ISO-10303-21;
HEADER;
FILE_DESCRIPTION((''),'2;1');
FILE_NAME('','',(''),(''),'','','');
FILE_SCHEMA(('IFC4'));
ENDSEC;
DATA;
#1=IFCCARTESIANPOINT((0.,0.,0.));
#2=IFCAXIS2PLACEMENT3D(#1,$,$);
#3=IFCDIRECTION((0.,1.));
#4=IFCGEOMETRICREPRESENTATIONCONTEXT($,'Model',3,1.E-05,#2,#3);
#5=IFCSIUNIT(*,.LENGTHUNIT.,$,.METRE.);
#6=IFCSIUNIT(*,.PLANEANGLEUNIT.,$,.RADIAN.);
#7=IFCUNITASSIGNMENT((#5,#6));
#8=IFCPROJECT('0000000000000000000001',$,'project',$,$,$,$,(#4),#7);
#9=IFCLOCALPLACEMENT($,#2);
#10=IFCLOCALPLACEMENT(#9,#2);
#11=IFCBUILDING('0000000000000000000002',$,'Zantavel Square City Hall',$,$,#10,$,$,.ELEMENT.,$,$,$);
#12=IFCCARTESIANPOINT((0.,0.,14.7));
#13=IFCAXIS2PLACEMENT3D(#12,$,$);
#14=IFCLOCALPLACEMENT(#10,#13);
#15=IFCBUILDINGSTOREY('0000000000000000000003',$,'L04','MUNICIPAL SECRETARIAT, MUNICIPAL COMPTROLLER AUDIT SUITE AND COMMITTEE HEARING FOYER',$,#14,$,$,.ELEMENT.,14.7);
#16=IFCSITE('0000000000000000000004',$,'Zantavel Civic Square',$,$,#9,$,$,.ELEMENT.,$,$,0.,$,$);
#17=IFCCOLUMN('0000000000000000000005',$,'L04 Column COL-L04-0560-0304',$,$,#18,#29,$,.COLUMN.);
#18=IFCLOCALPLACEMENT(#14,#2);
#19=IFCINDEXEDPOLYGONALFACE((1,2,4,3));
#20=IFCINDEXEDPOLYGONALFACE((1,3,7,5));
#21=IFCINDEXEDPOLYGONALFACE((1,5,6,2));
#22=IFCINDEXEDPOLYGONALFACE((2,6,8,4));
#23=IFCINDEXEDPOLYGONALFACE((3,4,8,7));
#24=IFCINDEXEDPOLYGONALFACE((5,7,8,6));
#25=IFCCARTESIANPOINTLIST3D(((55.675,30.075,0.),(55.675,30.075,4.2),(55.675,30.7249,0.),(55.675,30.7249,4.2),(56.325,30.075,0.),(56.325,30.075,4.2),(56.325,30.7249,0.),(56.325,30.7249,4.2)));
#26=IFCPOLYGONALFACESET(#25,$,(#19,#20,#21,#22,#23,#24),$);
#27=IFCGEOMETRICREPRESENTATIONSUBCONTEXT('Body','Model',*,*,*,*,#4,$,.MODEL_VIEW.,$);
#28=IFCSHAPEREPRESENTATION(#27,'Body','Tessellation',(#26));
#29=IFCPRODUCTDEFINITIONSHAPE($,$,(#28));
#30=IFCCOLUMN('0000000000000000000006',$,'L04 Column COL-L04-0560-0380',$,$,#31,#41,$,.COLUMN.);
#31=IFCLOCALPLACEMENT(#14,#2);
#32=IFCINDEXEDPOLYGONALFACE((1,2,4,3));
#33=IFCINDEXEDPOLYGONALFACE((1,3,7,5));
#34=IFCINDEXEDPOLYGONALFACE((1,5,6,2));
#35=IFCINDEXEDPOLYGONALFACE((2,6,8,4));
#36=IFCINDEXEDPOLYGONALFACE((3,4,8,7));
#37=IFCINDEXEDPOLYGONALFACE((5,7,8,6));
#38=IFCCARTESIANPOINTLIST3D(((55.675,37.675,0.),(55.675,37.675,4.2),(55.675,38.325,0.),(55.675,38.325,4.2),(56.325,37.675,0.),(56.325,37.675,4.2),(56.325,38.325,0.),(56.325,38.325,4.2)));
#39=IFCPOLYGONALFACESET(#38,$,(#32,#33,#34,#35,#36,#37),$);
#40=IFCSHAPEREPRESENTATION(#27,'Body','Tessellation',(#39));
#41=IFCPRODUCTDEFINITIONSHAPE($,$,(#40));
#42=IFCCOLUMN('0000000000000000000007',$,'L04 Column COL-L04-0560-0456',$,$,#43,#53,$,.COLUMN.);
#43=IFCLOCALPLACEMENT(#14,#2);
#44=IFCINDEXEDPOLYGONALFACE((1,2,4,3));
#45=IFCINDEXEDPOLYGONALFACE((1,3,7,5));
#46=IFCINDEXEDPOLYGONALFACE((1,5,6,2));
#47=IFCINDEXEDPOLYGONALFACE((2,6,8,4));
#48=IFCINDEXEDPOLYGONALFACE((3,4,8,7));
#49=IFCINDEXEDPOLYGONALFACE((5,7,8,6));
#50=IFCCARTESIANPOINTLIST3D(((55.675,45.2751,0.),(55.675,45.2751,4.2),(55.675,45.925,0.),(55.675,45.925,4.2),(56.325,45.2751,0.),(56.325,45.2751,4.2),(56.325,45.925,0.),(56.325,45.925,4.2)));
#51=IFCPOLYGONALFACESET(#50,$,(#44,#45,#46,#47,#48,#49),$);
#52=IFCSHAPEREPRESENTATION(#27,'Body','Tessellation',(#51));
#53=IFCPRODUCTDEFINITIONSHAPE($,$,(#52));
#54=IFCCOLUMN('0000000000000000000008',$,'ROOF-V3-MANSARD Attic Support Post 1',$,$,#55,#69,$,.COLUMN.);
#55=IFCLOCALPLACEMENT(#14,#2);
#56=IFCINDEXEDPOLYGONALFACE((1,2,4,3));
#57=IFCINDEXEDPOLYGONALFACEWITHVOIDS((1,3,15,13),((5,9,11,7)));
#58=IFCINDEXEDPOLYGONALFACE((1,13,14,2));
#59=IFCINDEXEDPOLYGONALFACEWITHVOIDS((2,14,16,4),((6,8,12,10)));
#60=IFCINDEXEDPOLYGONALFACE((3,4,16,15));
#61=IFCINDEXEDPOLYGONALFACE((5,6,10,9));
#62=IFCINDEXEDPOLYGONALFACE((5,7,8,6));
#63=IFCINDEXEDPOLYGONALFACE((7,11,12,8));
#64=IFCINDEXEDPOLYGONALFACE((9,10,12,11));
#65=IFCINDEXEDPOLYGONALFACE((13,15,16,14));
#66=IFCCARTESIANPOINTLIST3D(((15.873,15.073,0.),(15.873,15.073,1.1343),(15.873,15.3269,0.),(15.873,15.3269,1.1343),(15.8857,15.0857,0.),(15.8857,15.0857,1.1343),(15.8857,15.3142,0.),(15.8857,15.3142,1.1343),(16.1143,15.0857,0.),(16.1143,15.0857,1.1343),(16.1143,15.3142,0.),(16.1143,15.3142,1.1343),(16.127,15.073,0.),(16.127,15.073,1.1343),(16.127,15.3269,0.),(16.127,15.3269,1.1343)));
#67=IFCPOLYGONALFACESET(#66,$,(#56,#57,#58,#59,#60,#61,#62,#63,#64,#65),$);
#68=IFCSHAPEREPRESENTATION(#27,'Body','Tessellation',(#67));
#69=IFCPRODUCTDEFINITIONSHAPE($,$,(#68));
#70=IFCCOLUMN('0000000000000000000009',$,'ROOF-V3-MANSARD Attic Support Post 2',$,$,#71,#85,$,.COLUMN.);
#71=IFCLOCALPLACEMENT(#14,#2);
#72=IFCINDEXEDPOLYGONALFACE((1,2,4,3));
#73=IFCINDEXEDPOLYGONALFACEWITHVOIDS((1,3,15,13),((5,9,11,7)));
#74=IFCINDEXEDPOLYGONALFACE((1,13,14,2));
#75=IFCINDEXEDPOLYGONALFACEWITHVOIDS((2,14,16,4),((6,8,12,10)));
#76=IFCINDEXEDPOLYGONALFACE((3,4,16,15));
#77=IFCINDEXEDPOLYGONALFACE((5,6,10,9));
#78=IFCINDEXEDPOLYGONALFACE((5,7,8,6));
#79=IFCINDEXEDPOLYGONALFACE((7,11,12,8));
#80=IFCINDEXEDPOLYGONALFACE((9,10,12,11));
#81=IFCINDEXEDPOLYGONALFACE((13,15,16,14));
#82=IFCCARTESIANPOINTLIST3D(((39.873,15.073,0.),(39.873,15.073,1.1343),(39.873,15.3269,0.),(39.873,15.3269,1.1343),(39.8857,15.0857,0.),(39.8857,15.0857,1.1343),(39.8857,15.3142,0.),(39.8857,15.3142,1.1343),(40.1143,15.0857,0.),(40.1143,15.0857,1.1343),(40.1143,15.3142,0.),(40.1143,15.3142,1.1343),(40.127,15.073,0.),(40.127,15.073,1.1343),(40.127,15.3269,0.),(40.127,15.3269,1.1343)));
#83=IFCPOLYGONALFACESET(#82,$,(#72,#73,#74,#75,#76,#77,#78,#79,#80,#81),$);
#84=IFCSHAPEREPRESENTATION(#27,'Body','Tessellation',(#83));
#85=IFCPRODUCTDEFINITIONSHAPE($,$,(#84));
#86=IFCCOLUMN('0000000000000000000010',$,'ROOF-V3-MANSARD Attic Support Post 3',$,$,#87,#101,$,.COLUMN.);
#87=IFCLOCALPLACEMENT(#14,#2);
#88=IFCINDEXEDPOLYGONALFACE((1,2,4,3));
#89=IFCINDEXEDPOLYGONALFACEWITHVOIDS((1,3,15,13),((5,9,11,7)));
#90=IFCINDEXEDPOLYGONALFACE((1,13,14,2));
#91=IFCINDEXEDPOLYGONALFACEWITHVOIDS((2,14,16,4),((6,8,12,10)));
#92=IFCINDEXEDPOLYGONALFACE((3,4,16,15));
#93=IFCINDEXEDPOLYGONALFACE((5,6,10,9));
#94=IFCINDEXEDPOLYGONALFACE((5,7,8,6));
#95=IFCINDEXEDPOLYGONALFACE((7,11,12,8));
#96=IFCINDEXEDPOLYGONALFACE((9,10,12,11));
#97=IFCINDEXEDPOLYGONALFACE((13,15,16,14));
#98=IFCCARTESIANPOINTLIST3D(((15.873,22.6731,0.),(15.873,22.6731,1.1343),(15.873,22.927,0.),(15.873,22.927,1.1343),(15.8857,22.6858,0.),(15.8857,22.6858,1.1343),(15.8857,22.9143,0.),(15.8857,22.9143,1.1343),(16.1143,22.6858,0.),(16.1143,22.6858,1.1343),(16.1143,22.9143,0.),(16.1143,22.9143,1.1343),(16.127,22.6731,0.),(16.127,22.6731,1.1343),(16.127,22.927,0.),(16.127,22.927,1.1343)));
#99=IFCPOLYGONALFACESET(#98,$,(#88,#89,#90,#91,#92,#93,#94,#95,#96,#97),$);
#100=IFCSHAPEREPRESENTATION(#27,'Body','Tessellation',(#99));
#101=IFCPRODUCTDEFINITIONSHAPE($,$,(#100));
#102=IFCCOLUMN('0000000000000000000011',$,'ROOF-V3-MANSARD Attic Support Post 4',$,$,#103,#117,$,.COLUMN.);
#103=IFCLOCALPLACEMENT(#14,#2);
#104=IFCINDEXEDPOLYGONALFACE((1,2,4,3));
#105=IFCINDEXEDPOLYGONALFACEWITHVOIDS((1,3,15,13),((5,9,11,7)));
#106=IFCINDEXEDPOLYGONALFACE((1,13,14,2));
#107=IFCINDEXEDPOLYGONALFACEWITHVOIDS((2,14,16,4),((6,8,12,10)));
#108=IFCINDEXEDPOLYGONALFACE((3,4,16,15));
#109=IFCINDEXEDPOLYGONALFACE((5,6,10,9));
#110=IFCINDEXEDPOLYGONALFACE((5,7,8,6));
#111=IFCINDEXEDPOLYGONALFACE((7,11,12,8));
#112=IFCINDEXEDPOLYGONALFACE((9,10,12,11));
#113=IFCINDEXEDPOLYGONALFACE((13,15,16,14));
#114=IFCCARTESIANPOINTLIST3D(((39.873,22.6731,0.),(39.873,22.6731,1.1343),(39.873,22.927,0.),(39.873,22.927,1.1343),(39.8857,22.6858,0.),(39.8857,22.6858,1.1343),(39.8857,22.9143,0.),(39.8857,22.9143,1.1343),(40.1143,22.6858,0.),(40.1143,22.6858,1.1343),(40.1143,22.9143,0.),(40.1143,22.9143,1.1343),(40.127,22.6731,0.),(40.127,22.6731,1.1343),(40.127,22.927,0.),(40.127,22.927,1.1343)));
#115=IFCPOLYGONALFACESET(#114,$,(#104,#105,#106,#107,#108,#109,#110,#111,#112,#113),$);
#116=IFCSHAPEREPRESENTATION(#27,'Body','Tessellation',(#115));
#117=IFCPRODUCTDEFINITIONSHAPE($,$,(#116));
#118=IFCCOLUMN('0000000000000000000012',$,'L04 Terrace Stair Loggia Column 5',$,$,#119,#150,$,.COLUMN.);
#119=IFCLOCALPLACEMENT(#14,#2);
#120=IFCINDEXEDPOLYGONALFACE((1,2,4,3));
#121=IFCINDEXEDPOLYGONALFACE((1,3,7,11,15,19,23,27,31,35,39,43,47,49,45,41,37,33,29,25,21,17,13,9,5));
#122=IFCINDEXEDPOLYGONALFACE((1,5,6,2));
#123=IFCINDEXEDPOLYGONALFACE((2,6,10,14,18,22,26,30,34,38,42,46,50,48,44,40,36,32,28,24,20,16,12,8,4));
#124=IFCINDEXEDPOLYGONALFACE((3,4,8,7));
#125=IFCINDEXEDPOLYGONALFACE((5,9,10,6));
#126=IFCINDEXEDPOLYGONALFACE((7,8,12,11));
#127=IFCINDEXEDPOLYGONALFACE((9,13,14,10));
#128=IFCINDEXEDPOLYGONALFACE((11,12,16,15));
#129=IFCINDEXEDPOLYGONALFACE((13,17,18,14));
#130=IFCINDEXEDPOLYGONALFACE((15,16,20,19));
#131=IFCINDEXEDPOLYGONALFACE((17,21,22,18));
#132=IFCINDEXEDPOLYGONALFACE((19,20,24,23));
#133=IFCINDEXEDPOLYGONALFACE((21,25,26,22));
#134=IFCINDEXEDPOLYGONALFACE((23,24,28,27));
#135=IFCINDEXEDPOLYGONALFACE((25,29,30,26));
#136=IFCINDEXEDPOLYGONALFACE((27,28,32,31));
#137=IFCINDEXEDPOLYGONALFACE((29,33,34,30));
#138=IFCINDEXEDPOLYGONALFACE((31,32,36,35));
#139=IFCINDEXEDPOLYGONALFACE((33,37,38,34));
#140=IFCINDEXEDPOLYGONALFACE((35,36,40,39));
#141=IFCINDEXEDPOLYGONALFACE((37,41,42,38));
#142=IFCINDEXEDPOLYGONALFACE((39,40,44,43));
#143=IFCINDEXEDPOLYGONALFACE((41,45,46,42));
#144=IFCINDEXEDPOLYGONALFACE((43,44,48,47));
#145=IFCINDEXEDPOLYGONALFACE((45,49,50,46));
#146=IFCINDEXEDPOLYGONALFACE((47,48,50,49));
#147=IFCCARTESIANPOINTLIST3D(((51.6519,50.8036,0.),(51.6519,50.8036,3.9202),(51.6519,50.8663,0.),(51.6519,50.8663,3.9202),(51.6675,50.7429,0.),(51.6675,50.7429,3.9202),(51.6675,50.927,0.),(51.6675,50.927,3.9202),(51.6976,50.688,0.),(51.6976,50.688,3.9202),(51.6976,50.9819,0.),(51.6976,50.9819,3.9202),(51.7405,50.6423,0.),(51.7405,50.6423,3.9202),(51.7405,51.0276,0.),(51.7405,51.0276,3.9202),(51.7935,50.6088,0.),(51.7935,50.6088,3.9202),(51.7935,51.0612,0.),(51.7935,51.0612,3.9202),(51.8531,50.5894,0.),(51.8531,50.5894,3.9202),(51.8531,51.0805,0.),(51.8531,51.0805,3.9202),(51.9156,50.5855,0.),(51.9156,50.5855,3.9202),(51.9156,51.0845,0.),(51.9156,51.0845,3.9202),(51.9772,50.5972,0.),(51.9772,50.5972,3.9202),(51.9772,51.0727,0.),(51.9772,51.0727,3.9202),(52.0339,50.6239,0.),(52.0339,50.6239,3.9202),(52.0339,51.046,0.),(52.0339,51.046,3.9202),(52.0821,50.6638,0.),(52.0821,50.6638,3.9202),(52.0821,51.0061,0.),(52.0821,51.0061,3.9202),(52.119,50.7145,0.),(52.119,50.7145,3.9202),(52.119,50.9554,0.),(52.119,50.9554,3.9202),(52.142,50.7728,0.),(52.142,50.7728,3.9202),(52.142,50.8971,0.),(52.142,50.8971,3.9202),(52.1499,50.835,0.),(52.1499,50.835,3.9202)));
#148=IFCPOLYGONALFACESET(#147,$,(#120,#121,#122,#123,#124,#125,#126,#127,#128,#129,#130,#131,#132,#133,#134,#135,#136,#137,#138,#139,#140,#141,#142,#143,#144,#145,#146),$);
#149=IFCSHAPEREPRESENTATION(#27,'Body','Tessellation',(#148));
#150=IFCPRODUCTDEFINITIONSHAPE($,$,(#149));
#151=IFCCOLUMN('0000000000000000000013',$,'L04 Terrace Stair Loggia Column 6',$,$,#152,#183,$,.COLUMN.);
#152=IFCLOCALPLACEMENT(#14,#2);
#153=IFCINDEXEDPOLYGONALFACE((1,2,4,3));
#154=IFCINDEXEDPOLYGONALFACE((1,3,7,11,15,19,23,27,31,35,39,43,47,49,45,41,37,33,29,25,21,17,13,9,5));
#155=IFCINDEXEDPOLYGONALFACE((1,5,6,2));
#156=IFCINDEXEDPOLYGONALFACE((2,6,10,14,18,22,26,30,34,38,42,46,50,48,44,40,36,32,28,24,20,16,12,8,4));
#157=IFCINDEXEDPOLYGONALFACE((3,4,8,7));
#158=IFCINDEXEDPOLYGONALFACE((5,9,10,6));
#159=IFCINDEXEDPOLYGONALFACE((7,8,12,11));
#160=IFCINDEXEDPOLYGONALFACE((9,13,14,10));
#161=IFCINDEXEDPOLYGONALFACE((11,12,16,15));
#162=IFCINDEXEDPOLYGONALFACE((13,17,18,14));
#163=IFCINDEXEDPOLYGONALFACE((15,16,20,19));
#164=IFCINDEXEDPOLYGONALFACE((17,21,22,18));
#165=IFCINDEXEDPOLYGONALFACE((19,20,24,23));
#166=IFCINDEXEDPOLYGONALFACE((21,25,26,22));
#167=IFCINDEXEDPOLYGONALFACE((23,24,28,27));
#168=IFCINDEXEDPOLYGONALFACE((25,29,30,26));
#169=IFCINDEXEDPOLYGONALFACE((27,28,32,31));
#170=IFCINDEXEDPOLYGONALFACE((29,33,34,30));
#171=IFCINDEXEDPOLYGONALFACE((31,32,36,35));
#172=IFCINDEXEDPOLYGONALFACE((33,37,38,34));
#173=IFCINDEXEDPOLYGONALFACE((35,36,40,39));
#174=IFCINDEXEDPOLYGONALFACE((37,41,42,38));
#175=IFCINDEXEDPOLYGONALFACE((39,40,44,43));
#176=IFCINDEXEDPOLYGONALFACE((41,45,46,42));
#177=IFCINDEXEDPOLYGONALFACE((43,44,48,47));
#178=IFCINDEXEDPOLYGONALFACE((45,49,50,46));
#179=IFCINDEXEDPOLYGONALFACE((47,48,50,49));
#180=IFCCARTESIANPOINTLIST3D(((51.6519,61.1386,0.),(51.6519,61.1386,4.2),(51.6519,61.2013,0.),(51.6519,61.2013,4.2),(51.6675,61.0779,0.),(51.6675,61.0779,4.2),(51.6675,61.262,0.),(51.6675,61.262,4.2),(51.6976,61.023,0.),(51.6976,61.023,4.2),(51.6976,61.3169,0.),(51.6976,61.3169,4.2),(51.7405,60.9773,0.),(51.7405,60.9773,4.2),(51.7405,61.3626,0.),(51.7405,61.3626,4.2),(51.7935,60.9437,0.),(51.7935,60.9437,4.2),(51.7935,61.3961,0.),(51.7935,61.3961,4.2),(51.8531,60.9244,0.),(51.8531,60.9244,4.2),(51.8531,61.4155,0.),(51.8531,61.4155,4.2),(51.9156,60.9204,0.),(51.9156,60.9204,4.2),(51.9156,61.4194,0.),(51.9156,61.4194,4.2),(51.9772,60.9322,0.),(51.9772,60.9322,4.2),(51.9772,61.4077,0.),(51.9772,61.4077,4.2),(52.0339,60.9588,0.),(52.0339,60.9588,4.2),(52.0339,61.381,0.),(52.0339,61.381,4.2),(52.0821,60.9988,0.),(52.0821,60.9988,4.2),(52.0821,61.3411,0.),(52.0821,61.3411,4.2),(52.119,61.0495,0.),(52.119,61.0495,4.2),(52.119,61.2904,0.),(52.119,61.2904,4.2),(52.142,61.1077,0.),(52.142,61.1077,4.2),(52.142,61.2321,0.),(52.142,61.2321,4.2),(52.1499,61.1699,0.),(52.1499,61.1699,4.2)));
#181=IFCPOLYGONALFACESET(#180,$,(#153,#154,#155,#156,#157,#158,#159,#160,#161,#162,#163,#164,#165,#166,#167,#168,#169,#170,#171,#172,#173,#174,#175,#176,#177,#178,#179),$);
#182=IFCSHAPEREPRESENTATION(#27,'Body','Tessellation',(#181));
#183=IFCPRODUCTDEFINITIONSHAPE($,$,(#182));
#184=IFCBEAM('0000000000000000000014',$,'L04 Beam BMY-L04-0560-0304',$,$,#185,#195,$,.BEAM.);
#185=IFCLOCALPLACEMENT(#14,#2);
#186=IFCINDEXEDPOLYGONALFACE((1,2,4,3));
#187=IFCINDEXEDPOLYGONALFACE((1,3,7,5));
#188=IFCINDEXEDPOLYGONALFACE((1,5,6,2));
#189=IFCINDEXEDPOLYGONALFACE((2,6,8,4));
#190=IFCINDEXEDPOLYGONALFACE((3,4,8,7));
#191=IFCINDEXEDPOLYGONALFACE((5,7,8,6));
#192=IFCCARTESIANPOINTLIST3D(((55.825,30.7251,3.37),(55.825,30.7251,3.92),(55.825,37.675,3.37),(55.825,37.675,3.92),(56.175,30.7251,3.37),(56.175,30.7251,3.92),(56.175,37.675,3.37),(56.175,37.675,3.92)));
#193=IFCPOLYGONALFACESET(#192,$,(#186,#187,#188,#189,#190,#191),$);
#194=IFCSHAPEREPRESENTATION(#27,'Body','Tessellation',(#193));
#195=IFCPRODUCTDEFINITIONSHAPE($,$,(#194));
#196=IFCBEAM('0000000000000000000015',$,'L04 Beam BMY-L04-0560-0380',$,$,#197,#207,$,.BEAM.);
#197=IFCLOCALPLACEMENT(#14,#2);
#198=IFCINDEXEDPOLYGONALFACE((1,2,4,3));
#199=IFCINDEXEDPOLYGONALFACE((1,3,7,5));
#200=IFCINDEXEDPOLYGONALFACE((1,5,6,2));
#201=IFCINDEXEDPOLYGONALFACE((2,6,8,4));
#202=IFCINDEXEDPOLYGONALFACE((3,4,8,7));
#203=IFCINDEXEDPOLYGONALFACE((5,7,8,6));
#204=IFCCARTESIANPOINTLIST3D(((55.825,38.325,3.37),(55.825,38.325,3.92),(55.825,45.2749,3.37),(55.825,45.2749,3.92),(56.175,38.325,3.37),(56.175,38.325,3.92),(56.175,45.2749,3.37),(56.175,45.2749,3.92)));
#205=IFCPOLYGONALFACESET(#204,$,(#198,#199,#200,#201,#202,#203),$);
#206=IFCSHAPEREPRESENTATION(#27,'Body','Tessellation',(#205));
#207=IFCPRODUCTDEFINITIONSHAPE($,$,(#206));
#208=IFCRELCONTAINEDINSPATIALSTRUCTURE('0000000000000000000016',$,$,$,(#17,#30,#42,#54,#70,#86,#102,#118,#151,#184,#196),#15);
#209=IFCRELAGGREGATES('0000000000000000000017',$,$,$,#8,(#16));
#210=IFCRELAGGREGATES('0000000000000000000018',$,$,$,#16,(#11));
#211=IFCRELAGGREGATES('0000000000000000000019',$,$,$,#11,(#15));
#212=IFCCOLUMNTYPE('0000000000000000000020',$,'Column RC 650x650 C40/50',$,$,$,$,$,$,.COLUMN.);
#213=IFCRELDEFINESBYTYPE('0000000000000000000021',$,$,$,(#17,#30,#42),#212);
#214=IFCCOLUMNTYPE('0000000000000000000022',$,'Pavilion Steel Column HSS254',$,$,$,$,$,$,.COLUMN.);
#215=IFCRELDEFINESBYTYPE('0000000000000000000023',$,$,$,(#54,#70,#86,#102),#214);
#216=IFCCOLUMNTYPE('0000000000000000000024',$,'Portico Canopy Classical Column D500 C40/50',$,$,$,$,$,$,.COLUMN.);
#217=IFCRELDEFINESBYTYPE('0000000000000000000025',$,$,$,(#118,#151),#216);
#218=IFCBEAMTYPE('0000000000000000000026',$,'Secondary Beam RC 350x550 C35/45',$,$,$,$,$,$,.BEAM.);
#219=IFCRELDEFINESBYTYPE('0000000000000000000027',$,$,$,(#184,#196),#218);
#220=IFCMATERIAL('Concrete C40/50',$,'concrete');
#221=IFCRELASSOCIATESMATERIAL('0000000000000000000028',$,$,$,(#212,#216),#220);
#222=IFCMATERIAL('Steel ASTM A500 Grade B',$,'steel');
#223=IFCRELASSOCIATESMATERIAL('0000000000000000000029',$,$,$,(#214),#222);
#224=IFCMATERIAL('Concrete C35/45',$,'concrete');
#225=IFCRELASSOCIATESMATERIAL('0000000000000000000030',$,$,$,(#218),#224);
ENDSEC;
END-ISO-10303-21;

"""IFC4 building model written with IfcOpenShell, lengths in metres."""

from ifc_helpers import new_model, si_unit, direction, frame, origin, origin_2d, place, context, subcontext, project, spatial, rectangle, hollow_rectangle, circle, extrude, material, material_profile, profile_set, type_object, element, save


model = new_model("IFC4")

# Units and contexts
model_context = context("Model", 3, precision=1e-05, world=origin(), true_north=direction((0.0, 1.0)))
body_context = subcontext(model_context, "Body", "Model", "MODEL_VIEW")
ifc_project = project(units=[si_unit("LENGTHUNIT", "METRE"), si_unit("PLANEANGLEUNIT", "RADIAN")], contexts=[model_context])

# Site, building, storey
site_placement = place(None, origin())
site = spatial("IfcSite", under=ifc_project, at=site_placement, Name="Zantavel Civic Square", CompositionType="ELEMENT", RefElevation=0.0)
building_placement = place(site_placement, origin())
building = spatial("IfcBuilding", under=site, at=building_placement, Name="Zantavel Square City Hall", CompositionType="ELEMENT")
storey_placement = place(building_placement, frame((0.0, 0.0, 14.7)))
storey = spatial("IfcBuildingStorey", under=building, at=storey_placement, Name="L04", Description="MUNICIPAL SECRETARIAT, MUNICIPAL COMPTROLLER AUDIT SUITE AND COMMITTEE HEARING FOYER", CompositionType="ELEMENT", Elevation=14.7)

# Columns
ifc_material_1 = material(Name="Concrete C40/50", Category="concrete")
ifc_material_profile_1 = material_profile(ifc_material_1, rectangle(XDim=0.6499, YDim=0.6499, at=origin_2d()), Name="RC 650x650")
ifc_profile_set_1 = profile_set([ifc_material_profile_1], Name="Concrete C40/50")
column_type_1 = type_object("IfcColumnType", Name="Column RC 650x650 C40/50", PredefinedType="COLUMN", material=ifc_profile_set_1)
for number, where, z_axis, x_axis, name in (
    (1, (56.0, 30.3999, 0.0), (0.0, 0.0, 1.0), (1.0, 0.0, 0.0), "L04 Column COL-L04-0560-0304"),
    (2, (56.0, 38.0, 0.0), (0.0, 0.0, 1.0), (1.0, 0.0, 0.0), "L04 Column COL-L04-0560-0380"),
    (3, (56.0, 45.6001, 0.0), (0.0, 0.0, 1.0), (1.0, 0.0, 0.0), "L04 Column COL-L04-0560-0456"),
):
    element("IfcColumn", number, at=place(storey_placement, frame(where, z_axis=z_axis, x_axis=x_axis)), inside=storey, type_object=column_type_1, Name=name, PredefinedType="COLUMN", context=body_context, shape_type="SweptSolid", body=[
        extrude(rectangle(XDim=0.6499, YDim=0.6499, at=origin_2d()), origin(), (0.0, 0.0, 1.0), 4.2),
    ])
ifc_material_2 = material(Name="Steel ASTM A500 Grade B", Category="steel")
ifc_material_profile_2 = material_profile(ifc_material_2, hollow_rectangle(XDim=0.2539, YDim=0.2539, WallThickness=0.0127, at=origin_2d()), Name="HSS 254x254x12.7")
ifc_profile_set_2 = profile_set([ifc_material_profile_2], Name="Steel ASTM A500 Grade B")
column_type_2 = type_object("IfcColumnType", Name="Pavilion Steel Column HSS254", PredefinedType="COLUMN", material=ifc_profile_set_2)
for number, where, z_axis, x_axis, name in (
    (4, (16.0, 15.2, 0.0), (0.0, 0.0, 1.0), (1.0, 0.0, 0.0), "ROOF-V3-MANSARD Attic Support Post 1"),
    (5, (40.0, 15.2, 0.0), (0.0, 0.0, 1.0), (1.0, 0.0, 0.0), "ROOF-V3-MANSARD Attic Support Post 2"),
    (6, (16.0, 22.8, 0.0), (0.0, 0.0, 1.0), (1.0, 0.0, 0.0), "ROOF-V3-MANSARD Attic Support Post 3"),
    (7, (40.0, 22.8, 0.0), (0.0, 0.0, 1.0), (1.0, 0.0, 0.0), "ROOF-V3-MANSARD Attic Support Post 4"),
):
    element("IfcColumn", number, at=place(storey_placement, frame(where, z_axis=z_axis, x_axis=x_axis)), inside=storey, type_object=column_type_2, Name=name, PredefinedType="COLUMN", context=body_context, shape_type="SweptSolid", body=[
        extrude(hollow_rectangle(XDim=0.2539, YDim=0.2539, WallThickness=0.0127, at=origin_2d()), origin(), (0.0, 0.0, 1.0), 1.1343),
    ])
ifc_material_profile_3 = material_profile(ifc_material_1, circle(Radius=0.25, at=origin_2d()), Name="ROUND D500")
ifc_profile_set_3 = profile_set([ifc_material_profile_3], Name="Concrete C40/50")
column_type_3 = type_object("IfcColumnType", Name="Portico Canopy Classical Column D500 C40/50", PredefinedType="COLUMN", material=ifc_profile_set_3)
column_1_placement = place(storey_placement, frame((51.8999, 50.835, 0.0), z_axis=(0.0, 0.0, 1.0), x_axis=(1.0, 0.0, 0.0)))
element("IfcColumn", 8, at=column_1_placement, inside=storey, type_object=column_type_3, Name="L04 Terrace Stair Loggia Column 5", PredefinedType="COLUMN", context=body_context, shape_type="SweptSolid", body=[
    extrude(circle(Radius=0.25, at=origin_2d()), origin(), (0.0, 0.0, 1.0), 3.9202),
])
column_2_placement = place(storey_placement, frame((51.8999, 61.1699, 0.0), z_axis=(0.0, 0.0, 1.0), x_axis=(1.0, 0.0, 0.0)))
element("IfcColumn", 9, at=column_2_placement, inside=storey, type_object=column_type_3, Name="L04 Terrace Stair Loggia Column 6", PredefinedType="COLUMN", context=body_context, shape_type="SweptSolid", body=[
    extrude(circle(Radius=0.25, at=origin_2d()), origin(), (0.0, 0.0, 1.0), 4.2),
])

# Beams
ifc_material_3 = material(Name="Concrete C35/45", Category="concrete")
ifc_material_profile_4 = material_profile(ifc_material_3, rectangle(XDim=0.3501, YDim=0.55, at=origin_2d()), Name="RC 350x550")
ifc_profile_set_4 = profile_set([ifc_material_profile_4], Name="Concrete C35/45")
beam_type = type_object("IfcBeamType", Name="Secondary Beam RC 350x550 C35/45", PredefinedType="BEAM", material=ifc_profile_set_4)
for number, where, z_axis, x_axis, name in (
    (10, (56.0, 30.7251, 3.645), (0.0, 1.0, 0.0), (-1.0, 0.0, 0.0), "L04 Beam BMY-L04-0560-0304"),
    (11, (56.0, 38.325, 3.645), (0.0, 1.0, 0.0), (-1.0, 0.0, 0.0), "L04 Beam BMY-L04-0560-0380"),
):
    element("IfcBeam", number, at=place(storey_placement, frame(where, z_axis=z_axis, x_axis=x_axis)), inside=storey, type_object=beam_type, Name=name, PredefinedType="BEAM", context=body_context, shape_type="SweptSolid", body=[
        extrude(rectangle(XDim=0.3501, YDim=0.55, at=origin_2d()), origin(), (0.0, 0.0, 1.0), 6.95),
    ])

save(model, "model.ifc")
